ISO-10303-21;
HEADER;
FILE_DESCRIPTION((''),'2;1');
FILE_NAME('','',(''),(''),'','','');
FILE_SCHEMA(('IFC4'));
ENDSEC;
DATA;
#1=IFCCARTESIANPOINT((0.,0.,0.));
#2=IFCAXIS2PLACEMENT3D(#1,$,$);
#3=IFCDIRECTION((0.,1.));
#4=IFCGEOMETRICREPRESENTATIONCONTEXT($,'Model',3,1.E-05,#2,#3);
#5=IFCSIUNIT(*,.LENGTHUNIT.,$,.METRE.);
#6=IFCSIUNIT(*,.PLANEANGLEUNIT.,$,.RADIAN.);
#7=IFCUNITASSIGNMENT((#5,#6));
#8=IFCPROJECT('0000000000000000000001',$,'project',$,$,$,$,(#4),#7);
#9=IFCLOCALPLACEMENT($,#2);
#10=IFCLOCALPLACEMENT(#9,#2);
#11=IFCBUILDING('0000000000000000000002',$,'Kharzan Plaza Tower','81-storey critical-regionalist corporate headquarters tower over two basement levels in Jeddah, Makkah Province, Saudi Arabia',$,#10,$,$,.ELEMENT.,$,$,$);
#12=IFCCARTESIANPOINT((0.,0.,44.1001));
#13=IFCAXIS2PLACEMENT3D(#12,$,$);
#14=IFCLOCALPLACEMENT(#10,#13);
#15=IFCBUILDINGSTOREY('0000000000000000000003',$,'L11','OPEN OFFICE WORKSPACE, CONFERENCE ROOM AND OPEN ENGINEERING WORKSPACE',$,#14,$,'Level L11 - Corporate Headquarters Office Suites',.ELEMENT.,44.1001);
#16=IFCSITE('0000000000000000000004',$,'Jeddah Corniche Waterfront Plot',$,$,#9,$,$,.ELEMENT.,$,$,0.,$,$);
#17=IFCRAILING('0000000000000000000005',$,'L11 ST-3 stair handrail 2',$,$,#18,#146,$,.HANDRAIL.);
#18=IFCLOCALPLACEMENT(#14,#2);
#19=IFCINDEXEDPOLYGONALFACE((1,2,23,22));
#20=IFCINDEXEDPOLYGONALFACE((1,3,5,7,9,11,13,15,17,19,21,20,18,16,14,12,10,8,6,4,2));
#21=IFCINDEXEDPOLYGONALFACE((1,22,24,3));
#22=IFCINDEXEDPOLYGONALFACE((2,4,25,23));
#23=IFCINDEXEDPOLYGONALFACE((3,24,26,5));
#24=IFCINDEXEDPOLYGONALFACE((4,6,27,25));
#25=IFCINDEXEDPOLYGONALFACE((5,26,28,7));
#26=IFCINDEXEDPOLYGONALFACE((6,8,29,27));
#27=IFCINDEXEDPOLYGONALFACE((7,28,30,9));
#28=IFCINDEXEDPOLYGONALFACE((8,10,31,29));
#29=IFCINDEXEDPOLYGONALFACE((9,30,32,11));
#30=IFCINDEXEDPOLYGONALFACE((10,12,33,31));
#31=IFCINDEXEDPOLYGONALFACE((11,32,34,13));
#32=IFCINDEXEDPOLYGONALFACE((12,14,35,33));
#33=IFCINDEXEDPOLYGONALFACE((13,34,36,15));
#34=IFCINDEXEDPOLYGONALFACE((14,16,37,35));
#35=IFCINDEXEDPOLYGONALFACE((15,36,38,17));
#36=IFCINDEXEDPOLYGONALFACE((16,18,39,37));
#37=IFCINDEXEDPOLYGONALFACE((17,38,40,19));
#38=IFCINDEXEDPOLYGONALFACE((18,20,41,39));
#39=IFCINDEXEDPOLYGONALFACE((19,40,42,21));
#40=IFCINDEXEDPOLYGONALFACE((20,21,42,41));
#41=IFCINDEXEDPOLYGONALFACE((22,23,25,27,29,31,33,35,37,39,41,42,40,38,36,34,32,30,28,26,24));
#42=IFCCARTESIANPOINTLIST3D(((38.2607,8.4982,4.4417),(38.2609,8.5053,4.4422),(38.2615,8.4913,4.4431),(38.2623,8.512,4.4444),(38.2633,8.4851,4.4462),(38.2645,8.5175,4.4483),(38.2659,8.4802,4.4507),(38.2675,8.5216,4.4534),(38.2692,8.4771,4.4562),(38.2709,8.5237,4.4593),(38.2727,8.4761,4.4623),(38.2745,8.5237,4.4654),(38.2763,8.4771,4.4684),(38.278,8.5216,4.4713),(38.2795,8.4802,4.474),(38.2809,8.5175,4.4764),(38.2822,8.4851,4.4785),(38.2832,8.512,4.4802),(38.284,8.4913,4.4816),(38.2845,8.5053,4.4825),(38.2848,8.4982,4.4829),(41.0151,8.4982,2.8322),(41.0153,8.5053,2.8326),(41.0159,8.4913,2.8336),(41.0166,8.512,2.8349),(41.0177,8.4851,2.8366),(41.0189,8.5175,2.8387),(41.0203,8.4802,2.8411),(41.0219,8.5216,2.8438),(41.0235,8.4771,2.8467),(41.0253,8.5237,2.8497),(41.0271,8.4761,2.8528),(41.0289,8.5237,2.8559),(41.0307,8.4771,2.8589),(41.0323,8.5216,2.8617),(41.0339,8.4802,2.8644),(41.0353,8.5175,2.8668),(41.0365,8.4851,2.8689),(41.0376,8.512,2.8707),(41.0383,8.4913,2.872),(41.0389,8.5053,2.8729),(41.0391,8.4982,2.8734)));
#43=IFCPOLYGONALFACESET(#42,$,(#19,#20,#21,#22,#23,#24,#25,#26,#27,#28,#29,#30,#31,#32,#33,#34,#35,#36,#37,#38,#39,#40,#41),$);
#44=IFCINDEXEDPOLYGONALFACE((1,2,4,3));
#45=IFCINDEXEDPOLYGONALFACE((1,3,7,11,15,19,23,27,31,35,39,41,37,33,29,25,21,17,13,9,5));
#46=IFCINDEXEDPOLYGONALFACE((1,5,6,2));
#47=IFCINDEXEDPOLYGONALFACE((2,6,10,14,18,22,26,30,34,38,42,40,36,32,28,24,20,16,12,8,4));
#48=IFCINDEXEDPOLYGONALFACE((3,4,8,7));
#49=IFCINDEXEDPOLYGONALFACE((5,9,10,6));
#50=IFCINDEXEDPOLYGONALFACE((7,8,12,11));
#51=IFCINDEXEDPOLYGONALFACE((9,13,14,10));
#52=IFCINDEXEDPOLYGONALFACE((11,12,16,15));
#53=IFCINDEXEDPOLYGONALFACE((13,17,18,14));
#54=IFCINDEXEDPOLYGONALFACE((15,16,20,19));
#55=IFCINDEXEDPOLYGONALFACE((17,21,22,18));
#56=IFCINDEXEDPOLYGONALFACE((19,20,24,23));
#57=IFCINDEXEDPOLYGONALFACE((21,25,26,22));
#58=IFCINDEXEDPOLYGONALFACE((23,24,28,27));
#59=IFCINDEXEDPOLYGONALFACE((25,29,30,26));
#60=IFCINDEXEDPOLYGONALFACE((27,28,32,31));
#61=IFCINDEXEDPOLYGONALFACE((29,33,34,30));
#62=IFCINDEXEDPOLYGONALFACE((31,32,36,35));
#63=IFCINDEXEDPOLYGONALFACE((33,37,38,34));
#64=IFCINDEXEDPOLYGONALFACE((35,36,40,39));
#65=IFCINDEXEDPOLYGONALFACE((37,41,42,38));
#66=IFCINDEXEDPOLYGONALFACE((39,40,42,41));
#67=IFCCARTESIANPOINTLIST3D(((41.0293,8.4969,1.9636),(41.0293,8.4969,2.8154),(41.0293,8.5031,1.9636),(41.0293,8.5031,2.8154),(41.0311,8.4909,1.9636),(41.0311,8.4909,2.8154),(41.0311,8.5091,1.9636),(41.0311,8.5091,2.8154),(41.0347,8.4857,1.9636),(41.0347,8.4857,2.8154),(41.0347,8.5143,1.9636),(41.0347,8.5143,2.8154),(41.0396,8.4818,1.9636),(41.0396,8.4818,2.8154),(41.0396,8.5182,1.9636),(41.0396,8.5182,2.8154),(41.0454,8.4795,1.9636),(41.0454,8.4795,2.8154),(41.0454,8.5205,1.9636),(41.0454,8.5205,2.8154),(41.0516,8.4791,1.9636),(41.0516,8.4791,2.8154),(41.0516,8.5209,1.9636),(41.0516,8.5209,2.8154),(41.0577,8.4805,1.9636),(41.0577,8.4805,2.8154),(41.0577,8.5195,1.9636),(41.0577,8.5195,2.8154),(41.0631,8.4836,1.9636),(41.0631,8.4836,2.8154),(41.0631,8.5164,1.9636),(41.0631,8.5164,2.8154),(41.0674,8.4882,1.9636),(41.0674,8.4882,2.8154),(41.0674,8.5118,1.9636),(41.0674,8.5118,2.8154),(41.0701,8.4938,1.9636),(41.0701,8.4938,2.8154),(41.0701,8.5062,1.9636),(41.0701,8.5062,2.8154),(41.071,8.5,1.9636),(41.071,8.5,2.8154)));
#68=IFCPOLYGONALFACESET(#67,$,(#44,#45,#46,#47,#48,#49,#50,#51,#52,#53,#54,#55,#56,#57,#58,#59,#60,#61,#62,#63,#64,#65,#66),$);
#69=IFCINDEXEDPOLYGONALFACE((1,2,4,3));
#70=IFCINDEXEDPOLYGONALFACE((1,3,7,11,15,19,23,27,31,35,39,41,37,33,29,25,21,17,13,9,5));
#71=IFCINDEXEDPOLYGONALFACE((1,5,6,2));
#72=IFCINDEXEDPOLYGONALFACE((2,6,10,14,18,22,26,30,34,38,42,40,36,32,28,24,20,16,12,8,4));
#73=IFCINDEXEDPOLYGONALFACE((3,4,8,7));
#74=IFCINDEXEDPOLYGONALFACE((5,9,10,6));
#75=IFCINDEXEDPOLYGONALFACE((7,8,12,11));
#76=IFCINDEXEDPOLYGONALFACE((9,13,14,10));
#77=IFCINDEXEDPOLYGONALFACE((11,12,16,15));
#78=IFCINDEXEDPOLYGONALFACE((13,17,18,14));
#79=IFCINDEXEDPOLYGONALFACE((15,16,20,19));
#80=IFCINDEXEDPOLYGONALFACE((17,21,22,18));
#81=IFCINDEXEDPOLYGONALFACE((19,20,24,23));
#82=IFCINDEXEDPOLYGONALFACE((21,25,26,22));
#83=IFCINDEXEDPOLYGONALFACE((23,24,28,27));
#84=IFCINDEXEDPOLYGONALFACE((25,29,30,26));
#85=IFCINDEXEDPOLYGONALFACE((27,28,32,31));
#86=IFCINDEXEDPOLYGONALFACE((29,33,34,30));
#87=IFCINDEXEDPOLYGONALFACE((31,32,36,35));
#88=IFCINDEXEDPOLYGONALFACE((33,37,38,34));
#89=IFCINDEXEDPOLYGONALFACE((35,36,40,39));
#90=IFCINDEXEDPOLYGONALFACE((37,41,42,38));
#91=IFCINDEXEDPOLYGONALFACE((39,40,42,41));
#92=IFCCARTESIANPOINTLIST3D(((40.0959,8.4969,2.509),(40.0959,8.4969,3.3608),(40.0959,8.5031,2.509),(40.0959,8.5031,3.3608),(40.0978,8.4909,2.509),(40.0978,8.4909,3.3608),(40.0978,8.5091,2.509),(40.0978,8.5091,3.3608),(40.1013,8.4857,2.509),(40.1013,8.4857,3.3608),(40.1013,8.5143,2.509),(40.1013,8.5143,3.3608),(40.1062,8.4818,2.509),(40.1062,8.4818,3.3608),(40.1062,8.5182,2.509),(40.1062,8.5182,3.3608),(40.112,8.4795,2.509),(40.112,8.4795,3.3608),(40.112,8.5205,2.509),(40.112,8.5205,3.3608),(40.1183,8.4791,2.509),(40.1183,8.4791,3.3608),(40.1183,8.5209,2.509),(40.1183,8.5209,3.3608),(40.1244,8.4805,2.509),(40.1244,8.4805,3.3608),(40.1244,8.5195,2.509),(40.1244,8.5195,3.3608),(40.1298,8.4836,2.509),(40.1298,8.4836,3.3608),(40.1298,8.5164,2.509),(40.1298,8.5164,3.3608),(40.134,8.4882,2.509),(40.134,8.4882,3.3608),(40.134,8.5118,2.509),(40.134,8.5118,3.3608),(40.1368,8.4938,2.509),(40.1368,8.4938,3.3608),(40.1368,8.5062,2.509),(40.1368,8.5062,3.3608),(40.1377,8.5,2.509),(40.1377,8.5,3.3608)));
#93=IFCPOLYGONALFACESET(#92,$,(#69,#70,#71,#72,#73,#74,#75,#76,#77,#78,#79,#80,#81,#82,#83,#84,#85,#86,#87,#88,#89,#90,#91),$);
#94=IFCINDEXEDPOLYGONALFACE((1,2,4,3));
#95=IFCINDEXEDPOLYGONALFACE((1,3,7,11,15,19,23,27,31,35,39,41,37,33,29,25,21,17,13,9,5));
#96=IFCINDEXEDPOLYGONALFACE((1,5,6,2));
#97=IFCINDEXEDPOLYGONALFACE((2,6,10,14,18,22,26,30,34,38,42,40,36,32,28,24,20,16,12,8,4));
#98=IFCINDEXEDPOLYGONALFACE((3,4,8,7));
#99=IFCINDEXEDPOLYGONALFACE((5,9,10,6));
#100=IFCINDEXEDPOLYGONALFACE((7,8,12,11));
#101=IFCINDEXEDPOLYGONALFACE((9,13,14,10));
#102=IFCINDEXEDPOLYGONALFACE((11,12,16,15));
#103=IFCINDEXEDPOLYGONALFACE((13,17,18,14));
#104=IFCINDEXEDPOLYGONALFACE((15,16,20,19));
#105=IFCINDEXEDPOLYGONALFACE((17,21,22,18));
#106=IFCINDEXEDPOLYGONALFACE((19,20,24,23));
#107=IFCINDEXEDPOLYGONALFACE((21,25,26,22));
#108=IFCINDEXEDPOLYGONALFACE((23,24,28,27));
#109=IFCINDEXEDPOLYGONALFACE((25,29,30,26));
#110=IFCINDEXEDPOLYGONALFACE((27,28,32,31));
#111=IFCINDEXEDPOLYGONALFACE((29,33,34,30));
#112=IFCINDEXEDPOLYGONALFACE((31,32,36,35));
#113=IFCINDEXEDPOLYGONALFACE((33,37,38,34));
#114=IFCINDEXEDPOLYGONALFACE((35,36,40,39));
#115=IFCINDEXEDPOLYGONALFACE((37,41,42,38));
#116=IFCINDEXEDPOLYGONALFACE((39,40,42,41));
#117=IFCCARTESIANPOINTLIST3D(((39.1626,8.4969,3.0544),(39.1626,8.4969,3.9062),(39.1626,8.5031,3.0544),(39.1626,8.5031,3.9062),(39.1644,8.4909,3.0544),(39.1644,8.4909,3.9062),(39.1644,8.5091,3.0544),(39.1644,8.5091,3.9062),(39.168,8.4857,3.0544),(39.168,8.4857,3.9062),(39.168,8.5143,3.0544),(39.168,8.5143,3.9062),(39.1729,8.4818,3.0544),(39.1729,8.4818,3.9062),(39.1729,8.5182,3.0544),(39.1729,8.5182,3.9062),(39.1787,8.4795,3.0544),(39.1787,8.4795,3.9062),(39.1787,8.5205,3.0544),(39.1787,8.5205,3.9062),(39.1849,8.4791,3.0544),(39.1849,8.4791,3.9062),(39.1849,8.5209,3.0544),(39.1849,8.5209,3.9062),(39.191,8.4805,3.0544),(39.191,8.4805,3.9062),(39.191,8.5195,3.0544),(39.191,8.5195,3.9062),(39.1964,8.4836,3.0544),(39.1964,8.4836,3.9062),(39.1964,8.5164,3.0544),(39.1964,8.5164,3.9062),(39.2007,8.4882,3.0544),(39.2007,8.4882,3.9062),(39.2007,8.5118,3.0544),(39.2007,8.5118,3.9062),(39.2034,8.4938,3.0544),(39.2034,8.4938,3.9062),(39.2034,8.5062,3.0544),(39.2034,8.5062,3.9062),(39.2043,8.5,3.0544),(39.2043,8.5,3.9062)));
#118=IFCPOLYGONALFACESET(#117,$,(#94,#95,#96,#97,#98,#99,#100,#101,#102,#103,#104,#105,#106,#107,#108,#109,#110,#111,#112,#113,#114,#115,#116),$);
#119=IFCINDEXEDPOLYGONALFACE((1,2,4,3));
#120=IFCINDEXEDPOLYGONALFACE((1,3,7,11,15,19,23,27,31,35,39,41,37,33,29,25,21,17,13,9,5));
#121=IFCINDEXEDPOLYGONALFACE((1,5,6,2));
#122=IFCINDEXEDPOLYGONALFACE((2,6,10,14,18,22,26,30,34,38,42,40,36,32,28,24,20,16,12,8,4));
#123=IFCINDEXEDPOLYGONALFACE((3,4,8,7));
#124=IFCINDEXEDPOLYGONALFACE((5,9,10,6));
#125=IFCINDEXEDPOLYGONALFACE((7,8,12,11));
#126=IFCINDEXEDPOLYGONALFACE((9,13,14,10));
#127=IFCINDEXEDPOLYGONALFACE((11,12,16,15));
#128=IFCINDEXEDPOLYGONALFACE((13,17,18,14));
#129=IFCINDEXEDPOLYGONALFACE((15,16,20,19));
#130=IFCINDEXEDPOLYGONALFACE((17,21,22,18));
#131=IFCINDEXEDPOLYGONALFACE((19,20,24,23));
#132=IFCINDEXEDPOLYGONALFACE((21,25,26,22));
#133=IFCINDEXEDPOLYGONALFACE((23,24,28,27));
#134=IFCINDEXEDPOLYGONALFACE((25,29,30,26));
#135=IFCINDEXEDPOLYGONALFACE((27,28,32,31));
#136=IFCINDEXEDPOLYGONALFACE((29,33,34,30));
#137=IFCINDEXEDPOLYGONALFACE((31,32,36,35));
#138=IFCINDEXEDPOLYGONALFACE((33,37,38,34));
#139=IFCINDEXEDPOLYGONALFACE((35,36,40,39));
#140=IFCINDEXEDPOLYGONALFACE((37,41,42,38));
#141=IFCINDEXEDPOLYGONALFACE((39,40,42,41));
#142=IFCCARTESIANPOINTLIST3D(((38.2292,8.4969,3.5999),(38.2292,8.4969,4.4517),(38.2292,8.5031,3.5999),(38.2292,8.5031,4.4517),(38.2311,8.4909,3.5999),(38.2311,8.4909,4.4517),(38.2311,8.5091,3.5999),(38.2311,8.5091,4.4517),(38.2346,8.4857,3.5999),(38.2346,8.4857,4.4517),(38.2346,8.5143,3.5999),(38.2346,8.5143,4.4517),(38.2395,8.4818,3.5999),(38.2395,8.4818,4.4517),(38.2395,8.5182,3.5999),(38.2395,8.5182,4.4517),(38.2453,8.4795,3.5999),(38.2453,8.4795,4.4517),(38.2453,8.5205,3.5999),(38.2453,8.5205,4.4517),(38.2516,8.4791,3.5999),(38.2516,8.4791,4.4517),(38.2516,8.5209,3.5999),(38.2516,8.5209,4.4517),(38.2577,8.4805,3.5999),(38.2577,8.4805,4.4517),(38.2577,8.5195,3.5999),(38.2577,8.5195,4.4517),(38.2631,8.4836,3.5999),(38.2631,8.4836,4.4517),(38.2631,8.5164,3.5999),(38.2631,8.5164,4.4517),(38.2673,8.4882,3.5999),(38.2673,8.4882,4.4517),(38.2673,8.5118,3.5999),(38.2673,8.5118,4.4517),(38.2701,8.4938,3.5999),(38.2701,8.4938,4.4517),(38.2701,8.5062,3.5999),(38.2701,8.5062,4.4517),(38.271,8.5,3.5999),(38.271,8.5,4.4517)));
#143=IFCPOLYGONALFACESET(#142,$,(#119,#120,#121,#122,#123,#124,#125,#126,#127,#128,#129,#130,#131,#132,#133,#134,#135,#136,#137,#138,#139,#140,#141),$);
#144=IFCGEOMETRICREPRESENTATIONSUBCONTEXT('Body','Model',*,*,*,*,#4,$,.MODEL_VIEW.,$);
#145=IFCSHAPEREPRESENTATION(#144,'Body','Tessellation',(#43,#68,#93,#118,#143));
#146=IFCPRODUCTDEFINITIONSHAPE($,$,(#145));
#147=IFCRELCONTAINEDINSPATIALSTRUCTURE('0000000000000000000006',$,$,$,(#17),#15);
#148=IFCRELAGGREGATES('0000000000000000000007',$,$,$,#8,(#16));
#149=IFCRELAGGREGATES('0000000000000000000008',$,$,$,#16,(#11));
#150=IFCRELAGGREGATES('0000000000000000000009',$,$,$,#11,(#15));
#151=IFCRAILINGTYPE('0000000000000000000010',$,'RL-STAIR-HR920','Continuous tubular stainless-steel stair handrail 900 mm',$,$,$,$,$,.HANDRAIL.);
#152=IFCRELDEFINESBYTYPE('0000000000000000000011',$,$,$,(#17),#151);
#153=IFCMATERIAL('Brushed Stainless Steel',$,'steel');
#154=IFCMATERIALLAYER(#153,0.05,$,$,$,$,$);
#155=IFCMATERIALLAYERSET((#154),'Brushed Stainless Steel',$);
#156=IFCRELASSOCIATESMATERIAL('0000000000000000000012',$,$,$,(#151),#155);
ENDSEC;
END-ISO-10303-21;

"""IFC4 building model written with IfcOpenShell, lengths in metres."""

from ifc_helpers import new_model, si_unit, direction, frame, origin, origin_2d, place, context, subcontext, project, spatial, circle, extrude, source, transform, mapped, material, layer, layer_set, type_object, element, save


model = new_model("IFC4")

# Units and contexts
model_context = context("Model", 3, precision=1e-05, world=origin(), true_north=direction((0.0, 1.0)))
body_context = subcontext(model_context, "Body", "Model", "MODEL_VIEW")
ifc_project = project(units=[si_unit("LENGTHUNIT", "METRE"), si_unit("PLANEANGLEUNIT", "RADIAN")], contexts=[model_context])

# Site, building, storey
site_placement = place(None, origin())
site = spatial("IfcSite", under=ifc_project, at=site_placement, Name="Jeddah Corniche Waterfront Plot", CompositionType="ELEMENT", RefElevation=0.0)
building_placement = place(site_placement, origin())
building = spatial("IfcBuilding", under=site, at=building_placement, Name="Kharzan Plaza Tower", Description="81-storey critical-regionalist corporate headquarters tower over two basement levels in Jeddah, Makkah Province, Saudi Arabia", CompositionType="ELEMENT")
storey_placement = place(building_placement, frame((0.0, 0.0, 44.1001)))
storey = spatial("IfcBuildingStorey", under=building, at=storey_placement, Name="L11", Description="OPEN OFFICE WORKSPACE, CONFERENCE ROOM AND OPEN ENGINEERING WORKSPACE", LongName="Level L11 - Corporate Headquarters Office Suites", CompositionType="ELEMENT", Elevation=44.1001)

# Shared definitions
ifc_material_1 = material(Name="Brushed Stainless Steel", Category="steel")

# Railing
ifc_layer_1 = layer(ifc_material_1, 0.05)
ifc_layer_set_1 = layer_set([ifc_layer_1], Name="Brushed Stainless Steel")
railing_type_1 = type_object("IfcRailingType", Name="RL-STAIR-HR920", Description="Continuous tubular stainless-steel stair handrail 900 mm", PredefinedType="HANDRAIL", material=ifc_layer_set_1)
shared_shape_1 = source(origin(), body_context, "Body", "SweptSolid", [
    extrude(circle(Radius=0.0239, at=origin_2d()), frame((-0.0229, 0.0, 0.8892), z_axis=(-0.863394, 0.0, 0.504531), x_axis=(0.0, -1.0, 0.0)), (0.0, 0.0, 1.0), 3.1902),
    extrude(circle(Radius=0.021, at=origin_2d()), origin(), (0.0, 0.0, 1.0), 0.8518),
    extrude(circle(Radius=0.021, at=origin_2d()), frame((-0.9333, 0.0, 0.5454)), (0.0, 0.0, 1.0), 0.8518),
    extrude(circle(Radius=0.021, at=origin_2d()), frame((-1.8667, 0.0, 1.0908)), (0.0, 0.0, 1.0), 0.8518),
    extrude(circle(Radius=0.021, at=origin_2d()), frame((-2.8, 0.0, 1.6362)), (0.0, 0.0, 1.0), 0.8518),
])
railing_1_placement = place(storey_placement, frame((41.05, 8.5, 1.9636)))
element("IfcRailing", 1, at=railing_1_placement, inside=storey, type_object=railing_type_1, Name="L11 ST-3 stair handrail 2", PredefinedType="HANDRAIL", context=body_context, shape_type="MappedRepresentation", body=[
    mapped(shared_shape_1, transform((0.0, 0.0, 0.0), x_axis=(1.0, 0.0, 0.0), y_axis=(0.0, 1.0, 0.0), z_axis=(0.0, 0.0, 1.0))),
])

save(model, "model.ifc")
